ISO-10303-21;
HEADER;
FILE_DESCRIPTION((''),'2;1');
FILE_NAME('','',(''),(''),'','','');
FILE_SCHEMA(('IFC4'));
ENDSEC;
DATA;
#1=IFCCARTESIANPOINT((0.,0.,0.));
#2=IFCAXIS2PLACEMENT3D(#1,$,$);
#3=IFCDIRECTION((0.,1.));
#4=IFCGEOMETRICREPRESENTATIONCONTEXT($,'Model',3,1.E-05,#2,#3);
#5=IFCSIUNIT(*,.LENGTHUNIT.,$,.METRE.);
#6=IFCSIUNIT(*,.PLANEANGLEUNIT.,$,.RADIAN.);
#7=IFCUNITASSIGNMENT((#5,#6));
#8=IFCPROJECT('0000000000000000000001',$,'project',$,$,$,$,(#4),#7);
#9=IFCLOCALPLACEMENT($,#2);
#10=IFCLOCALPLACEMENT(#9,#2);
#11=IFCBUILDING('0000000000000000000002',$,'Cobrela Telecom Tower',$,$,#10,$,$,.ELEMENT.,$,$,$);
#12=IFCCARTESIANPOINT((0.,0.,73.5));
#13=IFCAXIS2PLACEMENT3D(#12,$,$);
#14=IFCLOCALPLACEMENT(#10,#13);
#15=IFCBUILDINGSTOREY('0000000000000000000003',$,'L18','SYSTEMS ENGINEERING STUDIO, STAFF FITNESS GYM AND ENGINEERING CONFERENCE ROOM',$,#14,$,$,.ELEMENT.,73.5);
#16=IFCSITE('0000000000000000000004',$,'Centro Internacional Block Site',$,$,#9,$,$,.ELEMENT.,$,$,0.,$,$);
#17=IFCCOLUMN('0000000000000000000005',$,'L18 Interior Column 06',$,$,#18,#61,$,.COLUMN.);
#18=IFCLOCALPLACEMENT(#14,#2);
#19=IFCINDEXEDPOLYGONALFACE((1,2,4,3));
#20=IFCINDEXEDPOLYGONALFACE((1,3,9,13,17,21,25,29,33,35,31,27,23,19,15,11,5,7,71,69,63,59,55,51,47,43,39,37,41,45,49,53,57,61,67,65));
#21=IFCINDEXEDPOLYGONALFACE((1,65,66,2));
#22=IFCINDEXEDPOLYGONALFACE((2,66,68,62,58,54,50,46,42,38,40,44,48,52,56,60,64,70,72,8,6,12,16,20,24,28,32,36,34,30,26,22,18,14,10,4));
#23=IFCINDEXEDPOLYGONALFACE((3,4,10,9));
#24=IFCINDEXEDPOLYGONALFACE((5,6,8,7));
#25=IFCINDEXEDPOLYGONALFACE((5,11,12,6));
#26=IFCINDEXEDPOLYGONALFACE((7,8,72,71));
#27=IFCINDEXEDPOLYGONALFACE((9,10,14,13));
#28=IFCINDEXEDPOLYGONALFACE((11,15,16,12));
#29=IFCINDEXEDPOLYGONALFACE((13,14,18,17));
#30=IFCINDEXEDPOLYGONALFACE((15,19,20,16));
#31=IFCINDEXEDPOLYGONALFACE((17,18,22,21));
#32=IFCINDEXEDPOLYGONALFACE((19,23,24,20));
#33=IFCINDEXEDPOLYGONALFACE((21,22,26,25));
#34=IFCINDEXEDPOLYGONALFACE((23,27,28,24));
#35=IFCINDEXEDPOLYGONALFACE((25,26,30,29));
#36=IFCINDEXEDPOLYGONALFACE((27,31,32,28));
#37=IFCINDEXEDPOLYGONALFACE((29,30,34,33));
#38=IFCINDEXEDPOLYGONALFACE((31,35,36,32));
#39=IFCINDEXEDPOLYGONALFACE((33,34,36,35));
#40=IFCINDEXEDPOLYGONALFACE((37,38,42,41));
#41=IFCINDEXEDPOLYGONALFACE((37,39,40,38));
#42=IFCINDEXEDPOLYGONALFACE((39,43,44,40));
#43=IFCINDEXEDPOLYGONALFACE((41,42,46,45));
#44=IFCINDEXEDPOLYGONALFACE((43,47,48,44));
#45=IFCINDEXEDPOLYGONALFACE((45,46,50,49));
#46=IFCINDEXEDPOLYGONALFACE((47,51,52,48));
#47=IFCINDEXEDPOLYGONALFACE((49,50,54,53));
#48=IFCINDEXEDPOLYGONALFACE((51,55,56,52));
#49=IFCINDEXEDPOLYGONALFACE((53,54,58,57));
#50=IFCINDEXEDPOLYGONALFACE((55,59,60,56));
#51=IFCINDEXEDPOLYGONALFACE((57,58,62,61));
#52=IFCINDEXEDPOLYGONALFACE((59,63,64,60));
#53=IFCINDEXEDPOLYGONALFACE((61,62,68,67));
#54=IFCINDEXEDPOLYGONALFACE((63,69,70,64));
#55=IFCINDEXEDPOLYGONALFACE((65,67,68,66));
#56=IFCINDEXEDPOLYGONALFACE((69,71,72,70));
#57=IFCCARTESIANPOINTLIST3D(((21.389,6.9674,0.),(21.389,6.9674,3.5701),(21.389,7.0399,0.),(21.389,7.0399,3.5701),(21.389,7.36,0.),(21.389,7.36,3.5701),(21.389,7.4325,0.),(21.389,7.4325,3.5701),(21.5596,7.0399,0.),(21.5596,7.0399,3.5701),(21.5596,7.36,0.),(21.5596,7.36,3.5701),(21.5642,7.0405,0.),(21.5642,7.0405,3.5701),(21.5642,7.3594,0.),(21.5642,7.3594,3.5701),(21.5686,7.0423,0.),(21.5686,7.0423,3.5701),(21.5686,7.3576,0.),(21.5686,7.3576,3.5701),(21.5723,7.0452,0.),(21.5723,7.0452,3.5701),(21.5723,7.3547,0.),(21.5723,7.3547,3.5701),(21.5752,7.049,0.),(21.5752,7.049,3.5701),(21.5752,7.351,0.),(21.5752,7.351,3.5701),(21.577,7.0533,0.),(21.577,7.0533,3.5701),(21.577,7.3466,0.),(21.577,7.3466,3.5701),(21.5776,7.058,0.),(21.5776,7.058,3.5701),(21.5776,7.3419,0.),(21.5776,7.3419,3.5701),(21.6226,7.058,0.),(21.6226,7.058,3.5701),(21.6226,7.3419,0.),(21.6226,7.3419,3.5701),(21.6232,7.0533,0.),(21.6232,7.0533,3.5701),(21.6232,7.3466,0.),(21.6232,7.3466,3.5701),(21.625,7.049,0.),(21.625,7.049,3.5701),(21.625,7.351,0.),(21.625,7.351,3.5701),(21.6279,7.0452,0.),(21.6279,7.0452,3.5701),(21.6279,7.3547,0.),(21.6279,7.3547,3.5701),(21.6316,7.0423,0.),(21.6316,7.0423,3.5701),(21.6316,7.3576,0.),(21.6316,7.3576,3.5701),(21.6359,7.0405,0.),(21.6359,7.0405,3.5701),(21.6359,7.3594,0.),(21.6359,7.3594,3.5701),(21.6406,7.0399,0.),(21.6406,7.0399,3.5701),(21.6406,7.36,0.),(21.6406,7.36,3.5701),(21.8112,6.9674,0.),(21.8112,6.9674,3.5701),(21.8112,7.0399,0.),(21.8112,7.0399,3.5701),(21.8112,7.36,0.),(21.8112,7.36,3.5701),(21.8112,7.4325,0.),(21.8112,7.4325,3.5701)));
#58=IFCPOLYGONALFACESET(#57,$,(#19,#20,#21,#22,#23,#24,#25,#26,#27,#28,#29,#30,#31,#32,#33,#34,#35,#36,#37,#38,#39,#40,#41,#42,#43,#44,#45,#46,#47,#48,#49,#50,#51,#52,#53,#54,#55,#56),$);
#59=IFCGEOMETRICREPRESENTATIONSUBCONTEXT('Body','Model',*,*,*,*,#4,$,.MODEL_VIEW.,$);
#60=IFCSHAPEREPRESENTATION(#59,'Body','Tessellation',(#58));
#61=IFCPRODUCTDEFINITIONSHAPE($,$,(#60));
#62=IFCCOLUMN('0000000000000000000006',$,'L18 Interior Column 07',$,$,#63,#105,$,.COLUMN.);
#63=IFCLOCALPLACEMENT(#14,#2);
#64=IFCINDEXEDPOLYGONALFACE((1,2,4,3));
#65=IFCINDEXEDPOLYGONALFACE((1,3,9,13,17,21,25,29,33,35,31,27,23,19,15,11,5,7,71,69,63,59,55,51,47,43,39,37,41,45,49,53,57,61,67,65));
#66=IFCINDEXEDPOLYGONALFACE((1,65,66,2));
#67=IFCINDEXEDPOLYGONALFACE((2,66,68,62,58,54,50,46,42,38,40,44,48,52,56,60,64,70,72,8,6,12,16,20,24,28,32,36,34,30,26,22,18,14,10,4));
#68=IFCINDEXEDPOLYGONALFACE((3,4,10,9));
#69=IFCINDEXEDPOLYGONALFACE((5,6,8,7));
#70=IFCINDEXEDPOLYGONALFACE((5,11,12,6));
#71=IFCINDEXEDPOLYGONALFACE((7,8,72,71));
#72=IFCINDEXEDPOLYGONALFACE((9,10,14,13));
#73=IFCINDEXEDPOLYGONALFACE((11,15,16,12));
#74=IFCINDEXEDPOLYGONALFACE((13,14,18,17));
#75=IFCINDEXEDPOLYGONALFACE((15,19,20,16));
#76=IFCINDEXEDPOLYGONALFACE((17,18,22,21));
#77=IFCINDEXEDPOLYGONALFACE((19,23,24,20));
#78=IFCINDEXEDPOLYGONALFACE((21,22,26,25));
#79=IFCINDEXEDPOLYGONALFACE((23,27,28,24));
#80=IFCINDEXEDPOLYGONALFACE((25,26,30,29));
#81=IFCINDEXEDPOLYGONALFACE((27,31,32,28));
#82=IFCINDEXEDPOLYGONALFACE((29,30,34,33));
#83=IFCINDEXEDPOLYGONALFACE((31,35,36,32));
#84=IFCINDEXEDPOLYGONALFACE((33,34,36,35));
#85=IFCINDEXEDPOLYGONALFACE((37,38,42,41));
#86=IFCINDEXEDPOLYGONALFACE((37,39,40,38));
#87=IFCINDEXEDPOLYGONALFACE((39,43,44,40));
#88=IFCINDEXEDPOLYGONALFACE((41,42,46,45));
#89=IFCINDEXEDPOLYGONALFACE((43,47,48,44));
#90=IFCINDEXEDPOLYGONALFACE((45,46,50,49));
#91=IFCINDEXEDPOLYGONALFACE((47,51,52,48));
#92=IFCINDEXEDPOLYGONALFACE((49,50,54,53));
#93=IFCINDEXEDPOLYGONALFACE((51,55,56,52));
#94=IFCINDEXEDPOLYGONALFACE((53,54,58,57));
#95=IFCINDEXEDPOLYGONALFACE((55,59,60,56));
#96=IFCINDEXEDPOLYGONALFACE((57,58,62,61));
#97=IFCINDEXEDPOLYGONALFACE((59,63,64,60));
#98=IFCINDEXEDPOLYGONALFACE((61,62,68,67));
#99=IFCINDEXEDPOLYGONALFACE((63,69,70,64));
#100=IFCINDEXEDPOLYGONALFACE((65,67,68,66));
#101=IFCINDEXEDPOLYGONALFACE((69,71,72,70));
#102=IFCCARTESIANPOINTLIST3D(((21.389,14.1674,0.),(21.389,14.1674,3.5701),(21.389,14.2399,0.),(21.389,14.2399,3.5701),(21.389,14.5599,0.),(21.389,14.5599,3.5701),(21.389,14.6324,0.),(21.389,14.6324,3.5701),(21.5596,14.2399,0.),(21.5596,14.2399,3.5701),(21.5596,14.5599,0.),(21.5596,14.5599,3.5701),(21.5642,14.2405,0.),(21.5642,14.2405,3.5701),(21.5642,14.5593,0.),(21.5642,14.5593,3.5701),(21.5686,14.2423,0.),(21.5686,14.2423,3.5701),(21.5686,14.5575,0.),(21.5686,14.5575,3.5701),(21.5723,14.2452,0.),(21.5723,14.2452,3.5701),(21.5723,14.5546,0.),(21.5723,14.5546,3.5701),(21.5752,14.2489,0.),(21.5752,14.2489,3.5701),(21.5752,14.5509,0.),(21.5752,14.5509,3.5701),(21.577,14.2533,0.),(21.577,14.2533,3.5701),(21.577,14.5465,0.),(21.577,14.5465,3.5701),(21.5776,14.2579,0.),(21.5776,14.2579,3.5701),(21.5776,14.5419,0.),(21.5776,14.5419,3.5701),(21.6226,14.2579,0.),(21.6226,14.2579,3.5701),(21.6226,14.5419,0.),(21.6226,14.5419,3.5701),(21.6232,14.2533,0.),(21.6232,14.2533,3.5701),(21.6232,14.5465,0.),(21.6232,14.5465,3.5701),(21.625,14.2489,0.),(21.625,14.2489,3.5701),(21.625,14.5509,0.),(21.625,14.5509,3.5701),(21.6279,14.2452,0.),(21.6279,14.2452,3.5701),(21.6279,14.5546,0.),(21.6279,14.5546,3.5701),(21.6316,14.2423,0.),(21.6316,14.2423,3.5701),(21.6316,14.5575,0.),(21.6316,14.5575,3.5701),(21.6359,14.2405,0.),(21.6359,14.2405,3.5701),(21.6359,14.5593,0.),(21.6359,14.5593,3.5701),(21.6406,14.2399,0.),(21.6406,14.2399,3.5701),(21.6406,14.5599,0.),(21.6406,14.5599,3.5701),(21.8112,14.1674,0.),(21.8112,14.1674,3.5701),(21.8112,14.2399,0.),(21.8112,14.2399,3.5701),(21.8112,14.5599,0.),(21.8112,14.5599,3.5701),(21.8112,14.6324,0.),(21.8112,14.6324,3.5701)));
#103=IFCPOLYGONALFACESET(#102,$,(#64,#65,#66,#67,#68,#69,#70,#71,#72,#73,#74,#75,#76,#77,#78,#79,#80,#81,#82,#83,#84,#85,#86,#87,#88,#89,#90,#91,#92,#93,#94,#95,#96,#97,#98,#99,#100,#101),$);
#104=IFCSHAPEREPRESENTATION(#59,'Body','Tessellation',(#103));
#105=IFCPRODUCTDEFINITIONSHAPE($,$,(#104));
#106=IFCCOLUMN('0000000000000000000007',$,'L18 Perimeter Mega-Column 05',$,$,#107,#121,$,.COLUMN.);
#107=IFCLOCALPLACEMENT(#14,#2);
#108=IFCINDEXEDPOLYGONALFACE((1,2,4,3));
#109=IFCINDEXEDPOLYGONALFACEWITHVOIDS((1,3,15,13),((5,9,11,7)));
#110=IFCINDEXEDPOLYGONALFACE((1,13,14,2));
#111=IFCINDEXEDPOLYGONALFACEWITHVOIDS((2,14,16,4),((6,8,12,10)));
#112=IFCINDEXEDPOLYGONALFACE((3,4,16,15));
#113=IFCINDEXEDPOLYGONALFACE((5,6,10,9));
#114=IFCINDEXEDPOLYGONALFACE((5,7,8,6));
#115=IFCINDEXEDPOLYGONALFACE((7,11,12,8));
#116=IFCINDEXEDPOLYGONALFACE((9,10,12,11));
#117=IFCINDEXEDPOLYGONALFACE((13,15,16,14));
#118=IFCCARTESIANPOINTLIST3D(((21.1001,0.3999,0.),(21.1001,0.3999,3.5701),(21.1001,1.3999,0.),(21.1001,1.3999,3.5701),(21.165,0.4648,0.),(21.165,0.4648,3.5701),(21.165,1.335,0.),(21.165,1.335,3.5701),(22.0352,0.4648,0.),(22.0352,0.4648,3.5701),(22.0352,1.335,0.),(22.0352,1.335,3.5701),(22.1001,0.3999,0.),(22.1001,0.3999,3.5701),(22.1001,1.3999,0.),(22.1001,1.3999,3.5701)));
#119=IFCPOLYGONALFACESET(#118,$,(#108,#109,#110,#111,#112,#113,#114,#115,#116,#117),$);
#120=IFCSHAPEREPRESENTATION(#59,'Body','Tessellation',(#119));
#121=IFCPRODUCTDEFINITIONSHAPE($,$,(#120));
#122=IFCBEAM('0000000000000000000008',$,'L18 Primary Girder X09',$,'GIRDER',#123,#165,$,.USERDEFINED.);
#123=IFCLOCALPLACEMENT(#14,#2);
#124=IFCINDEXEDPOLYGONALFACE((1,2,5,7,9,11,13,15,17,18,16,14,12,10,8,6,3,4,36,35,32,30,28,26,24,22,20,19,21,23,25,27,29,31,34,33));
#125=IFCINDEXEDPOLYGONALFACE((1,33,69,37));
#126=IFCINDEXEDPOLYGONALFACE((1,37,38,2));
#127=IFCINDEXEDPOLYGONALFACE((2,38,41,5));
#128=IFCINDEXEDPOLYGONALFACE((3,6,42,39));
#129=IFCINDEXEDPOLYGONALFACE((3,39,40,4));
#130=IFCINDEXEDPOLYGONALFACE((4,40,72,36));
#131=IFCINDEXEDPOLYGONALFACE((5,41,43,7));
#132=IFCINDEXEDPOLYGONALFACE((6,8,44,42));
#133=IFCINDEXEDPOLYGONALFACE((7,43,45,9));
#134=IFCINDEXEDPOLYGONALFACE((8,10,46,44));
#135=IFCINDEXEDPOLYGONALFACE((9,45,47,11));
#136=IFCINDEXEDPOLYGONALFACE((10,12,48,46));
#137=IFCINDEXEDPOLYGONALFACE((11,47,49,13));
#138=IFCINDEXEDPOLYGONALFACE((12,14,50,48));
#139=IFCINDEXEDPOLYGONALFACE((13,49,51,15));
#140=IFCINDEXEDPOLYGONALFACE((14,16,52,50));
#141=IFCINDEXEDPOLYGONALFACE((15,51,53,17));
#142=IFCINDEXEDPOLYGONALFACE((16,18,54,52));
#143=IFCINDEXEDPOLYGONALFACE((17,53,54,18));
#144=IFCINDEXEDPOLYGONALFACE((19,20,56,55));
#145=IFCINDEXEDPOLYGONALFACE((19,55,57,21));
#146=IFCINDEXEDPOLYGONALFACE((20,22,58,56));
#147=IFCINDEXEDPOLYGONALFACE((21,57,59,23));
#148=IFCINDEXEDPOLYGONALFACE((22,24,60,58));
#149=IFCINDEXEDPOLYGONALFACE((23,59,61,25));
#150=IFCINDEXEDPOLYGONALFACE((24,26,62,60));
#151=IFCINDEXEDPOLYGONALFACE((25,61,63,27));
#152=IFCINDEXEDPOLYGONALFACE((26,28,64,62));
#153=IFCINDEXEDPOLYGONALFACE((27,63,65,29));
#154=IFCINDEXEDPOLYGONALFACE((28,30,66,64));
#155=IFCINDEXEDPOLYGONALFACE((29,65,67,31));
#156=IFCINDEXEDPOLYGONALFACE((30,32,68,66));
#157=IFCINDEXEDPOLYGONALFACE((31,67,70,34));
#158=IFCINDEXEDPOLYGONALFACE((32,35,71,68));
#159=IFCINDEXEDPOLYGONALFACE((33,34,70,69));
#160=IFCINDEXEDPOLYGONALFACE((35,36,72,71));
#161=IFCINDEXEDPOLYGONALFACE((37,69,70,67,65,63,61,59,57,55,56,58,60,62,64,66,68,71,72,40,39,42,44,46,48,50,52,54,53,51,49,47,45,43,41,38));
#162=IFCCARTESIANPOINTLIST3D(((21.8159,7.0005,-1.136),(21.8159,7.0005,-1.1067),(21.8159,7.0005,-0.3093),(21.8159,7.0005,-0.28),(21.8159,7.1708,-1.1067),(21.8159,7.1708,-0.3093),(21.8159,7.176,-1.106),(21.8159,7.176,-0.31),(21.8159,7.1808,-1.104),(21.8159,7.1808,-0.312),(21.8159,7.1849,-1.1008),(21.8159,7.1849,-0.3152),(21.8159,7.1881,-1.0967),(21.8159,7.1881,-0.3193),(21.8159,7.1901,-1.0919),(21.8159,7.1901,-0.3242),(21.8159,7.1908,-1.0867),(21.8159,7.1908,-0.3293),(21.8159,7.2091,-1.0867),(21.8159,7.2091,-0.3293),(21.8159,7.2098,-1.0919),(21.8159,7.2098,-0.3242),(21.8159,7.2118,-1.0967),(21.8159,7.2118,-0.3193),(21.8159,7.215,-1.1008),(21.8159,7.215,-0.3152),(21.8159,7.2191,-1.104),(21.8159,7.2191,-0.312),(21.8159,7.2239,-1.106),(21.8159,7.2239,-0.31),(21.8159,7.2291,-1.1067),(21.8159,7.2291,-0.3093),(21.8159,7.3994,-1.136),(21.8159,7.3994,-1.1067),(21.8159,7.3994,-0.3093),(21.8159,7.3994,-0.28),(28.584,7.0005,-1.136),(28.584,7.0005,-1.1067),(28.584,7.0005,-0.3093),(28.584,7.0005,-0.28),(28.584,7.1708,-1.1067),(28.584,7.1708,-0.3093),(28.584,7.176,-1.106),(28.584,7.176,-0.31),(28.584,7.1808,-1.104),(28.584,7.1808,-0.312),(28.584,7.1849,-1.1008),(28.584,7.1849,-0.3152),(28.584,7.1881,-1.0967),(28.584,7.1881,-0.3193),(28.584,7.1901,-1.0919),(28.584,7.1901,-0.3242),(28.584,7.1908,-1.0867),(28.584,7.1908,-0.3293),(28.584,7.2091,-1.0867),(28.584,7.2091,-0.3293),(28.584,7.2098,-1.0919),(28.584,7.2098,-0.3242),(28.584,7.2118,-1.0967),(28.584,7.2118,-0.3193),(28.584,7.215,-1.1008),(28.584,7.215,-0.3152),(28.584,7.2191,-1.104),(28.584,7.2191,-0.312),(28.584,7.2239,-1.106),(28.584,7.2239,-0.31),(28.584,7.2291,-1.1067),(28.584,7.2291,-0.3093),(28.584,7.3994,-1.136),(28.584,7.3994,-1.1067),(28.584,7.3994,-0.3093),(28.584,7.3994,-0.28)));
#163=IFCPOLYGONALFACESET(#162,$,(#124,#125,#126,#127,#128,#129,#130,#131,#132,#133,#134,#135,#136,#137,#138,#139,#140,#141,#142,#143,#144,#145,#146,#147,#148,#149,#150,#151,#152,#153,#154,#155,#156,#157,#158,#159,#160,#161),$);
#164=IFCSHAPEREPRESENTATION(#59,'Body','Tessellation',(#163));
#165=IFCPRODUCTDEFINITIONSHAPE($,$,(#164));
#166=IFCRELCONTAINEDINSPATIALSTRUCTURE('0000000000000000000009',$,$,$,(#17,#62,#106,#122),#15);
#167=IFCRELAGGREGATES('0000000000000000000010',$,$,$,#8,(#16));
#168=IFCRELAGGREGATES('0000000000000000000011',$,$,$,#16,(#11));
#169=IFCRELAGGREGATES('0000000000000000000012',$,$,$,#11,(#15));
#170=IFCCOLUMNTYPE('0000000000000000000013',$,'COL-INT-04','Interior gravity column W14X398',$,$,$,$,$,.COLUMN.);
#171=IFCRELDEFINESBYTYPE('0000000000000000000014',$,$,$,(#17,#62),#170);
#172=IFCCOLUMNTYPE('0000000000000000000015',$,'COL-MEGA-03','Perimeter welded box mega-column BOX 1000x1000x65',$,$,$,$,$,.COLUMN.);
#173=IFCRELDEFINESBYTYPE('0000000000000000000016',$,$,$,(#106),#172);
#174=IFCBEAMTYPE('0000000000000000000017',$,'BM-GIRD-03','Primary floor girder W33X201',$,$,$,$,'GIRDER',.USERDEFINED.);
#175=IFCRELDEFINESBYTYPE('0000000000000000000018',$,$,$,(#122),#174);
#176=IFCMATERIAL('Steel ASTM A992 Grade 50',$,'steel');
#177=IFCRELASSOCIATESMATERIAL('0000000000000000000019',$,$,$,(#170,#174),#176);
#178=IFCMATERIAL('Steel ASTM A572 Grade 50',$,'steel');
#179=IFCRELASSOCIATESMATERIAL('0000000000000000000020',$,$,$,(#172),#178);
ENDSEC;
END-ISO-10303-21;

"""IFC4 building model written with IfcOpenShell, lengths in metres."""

from ifc_helpers import new_model, si_unit, direction, frame, origin, origin_2d, place, context, subcontext, project, spatial, hollow_rectangle, i_section, extrude, material, material_profile, profile_set, type_object, element, save


model = new_model("IFC4")

# Units and contexts
model_context = context("Model", 3, precision=1e-05, world=origin(), true_north=direction((0.0, 1.0)))
body_context = subcontext(model_context, "Body", "Model", "MODEL_VIEW")
ifc_project = project(units=[si_unit("LENGTHUNIT", "METRE"), si_unit("PLANEANGLEUNIT", "RADIAN")], contexts=[model_context])

# Site, building, storey
site_placement = place(None, origin())
site = spatial("IfcSite", under=ifc_project, at=site_placement, Name="Centro Internacional Block Site", CompositionType="ELEMENT", RefElevation=0.0)
building_placement = place(site_placement, origin())
building = spatial("IfcBuilding", under=site, at=building_placement, Name="Cobrela Telecom Tower", CompositionType="ELEMENT")
storey_placement = place(building_placement, frame((0.0, 0.0, 73.5)))
storey = spatial("IfcBuildingStorey", under=building, at=storey_placement, Name="L18", Description="SYSTEMS ENGINEERING STUDIO, STAFF FITNESS GYM AND ENGINEERING CONFERENCE ROOM", CompositionType="ELEMENT", Elevation=73.5)

# Columns
ifc_material_1 = material(Name="Steel ASTM A992 Grade 50", Category="steel")
ifc_material_profile_1 = material_profile(ifc_material_1, i_section(OverallWidth=0.4221, OverallDepth=0.4651, WebThickness=0.0449, FlangeThickness=0.0725, FilletRadius=0.0181, at=origin_2d()), Name="W14X398")
ifc_profile_set_1 = profile_set([ifc_material_profile_1], Name="Steel ASTM A992 Grade 50")
column_type_1 = type_object("IfcColumnType", Name="COL-INT-04", Description="Interior gravity column W14X398", PredefinedType="COLUMN", material=ifc_profile_set_1)
for number, where, z_axis, x_axis, name in (
    (1, (21.6001, 7.2, 0.0), (0.0, 0.0, 1.0), (1.0, 0.0, 0.0), "L18 Interior Column 06"),
    (2, (21.6001, 14.3999, 0.0), (0.0, 0.0, 1.0), (1.0, 0.0, 0.0), "L18 Interior Column 07"),
):
    element("IfcColumn", number, at=place(storey_placement, frame(where, z_axis=z_axis, x_axis=x_axis)), inside=storey, type_object=column_type_1, Name=name, PredefinedType="COLUMN", context=body_context, shape_type="SweptSolid", body=[
        extrude(i_section(OverallWidth=0.4221, OverallDepth=0.4651, WebThickness=0.0449, FlangeThickness=0.0725, FilletRadius=0.0181, at=origin_2d()), origin(), (0.0, 0.0, 1.0), 3.5701),
    ])
ifc_material_2 = material(Name="Steel ASTM A572 Grade 50", Category="steel")
ifc_material_profile_2 = material_profile(ifc_material_2, hollow_rectangle(XDim=1.0, YDim=1.0, WallThickness=0.0649, at=origin_2d()), Name="BOX 1000x1000x65")
ifc_profile_set_2 = profile_set([ifc_material_profile_2], Name="Steel ASTM A572 Grade 50")
column_type_2 = type_object("IfcColumnType", Name="COL-MEGA-03", Description="Perimeter welded box mega-column BOX 1000x1000x65", PredefinedType="COLUMN", material=ifc_profile_set_2)
column_placement = place(storey_placement, frame((21.6001, 0.8999, 0.0), z_axis=(0.0, 0.0, 1.0), x_axis=(1.0, 0.0, 0.0)))
element("IfcColumn", 3, at=column_placement, inside=storey, type_object=column_type_2, Name="L18 Perimeter Mega-Column 05", PredefinedType="COLUMN", context=body_context, shape_type="SweptSolid", body=[
    extrude(hollow_rectangle(XDim=1.0, YDim=1.0, WallThickness=0.0649, at=origin_2d()), origin(), (0.0, 0.0, 1.0), 3.5701),
])

# Beam
ifc_material_profile_3 = material_profile(ifc_material_1, i_section(OverallWidth=0.3989, OverallDepth=0.856, WebThickness=0.0183, FlangeThickness=0.0293, FilletRadius=0.02, at=origin_2d()), Name="W33X201")
ifc_profile_set_3 = profile_set([ifc_material_profile_3], Name="Steel ASTM A992 Grade 50")
beam_type_1 = type_object("IfcBeamType", Name="BM-GIRD-03", Description="Primary floor girder W33X201", ElementType="GIRDER", PredefinedType="USERDEFINED", material=ifc_profile_set_3)
for number, where, z_axis, x_axis, name in (
    (4, (21.8159, 7.2, -0.708), (1.0, 0.0, 0.0), (0.0, 1.0, 0.0), "L18 Primary Girder X09"),
):
    element("IfcBeam", number, at=place(storey_placement, frame(where, z_axis=z_axis, x_axis=x_axis)), inside=storey, type_object=beam_type_1, Name=name, ObjectType="GIRDER", PredefinedType="USERDEFINED", context=body_context, shape_type="SweptSolid", body=[
        extrude(i_section(OverallWidth=0.3989, OverallDepth=0.856, WebThickness=0.0183, FlangeThickness=0.0293, FilletRadius=0.02, at=origin_2d()), origin(), (0.0, 0.0, 1.0), 6.7681),
    ])

save(model, "model.ifc")
